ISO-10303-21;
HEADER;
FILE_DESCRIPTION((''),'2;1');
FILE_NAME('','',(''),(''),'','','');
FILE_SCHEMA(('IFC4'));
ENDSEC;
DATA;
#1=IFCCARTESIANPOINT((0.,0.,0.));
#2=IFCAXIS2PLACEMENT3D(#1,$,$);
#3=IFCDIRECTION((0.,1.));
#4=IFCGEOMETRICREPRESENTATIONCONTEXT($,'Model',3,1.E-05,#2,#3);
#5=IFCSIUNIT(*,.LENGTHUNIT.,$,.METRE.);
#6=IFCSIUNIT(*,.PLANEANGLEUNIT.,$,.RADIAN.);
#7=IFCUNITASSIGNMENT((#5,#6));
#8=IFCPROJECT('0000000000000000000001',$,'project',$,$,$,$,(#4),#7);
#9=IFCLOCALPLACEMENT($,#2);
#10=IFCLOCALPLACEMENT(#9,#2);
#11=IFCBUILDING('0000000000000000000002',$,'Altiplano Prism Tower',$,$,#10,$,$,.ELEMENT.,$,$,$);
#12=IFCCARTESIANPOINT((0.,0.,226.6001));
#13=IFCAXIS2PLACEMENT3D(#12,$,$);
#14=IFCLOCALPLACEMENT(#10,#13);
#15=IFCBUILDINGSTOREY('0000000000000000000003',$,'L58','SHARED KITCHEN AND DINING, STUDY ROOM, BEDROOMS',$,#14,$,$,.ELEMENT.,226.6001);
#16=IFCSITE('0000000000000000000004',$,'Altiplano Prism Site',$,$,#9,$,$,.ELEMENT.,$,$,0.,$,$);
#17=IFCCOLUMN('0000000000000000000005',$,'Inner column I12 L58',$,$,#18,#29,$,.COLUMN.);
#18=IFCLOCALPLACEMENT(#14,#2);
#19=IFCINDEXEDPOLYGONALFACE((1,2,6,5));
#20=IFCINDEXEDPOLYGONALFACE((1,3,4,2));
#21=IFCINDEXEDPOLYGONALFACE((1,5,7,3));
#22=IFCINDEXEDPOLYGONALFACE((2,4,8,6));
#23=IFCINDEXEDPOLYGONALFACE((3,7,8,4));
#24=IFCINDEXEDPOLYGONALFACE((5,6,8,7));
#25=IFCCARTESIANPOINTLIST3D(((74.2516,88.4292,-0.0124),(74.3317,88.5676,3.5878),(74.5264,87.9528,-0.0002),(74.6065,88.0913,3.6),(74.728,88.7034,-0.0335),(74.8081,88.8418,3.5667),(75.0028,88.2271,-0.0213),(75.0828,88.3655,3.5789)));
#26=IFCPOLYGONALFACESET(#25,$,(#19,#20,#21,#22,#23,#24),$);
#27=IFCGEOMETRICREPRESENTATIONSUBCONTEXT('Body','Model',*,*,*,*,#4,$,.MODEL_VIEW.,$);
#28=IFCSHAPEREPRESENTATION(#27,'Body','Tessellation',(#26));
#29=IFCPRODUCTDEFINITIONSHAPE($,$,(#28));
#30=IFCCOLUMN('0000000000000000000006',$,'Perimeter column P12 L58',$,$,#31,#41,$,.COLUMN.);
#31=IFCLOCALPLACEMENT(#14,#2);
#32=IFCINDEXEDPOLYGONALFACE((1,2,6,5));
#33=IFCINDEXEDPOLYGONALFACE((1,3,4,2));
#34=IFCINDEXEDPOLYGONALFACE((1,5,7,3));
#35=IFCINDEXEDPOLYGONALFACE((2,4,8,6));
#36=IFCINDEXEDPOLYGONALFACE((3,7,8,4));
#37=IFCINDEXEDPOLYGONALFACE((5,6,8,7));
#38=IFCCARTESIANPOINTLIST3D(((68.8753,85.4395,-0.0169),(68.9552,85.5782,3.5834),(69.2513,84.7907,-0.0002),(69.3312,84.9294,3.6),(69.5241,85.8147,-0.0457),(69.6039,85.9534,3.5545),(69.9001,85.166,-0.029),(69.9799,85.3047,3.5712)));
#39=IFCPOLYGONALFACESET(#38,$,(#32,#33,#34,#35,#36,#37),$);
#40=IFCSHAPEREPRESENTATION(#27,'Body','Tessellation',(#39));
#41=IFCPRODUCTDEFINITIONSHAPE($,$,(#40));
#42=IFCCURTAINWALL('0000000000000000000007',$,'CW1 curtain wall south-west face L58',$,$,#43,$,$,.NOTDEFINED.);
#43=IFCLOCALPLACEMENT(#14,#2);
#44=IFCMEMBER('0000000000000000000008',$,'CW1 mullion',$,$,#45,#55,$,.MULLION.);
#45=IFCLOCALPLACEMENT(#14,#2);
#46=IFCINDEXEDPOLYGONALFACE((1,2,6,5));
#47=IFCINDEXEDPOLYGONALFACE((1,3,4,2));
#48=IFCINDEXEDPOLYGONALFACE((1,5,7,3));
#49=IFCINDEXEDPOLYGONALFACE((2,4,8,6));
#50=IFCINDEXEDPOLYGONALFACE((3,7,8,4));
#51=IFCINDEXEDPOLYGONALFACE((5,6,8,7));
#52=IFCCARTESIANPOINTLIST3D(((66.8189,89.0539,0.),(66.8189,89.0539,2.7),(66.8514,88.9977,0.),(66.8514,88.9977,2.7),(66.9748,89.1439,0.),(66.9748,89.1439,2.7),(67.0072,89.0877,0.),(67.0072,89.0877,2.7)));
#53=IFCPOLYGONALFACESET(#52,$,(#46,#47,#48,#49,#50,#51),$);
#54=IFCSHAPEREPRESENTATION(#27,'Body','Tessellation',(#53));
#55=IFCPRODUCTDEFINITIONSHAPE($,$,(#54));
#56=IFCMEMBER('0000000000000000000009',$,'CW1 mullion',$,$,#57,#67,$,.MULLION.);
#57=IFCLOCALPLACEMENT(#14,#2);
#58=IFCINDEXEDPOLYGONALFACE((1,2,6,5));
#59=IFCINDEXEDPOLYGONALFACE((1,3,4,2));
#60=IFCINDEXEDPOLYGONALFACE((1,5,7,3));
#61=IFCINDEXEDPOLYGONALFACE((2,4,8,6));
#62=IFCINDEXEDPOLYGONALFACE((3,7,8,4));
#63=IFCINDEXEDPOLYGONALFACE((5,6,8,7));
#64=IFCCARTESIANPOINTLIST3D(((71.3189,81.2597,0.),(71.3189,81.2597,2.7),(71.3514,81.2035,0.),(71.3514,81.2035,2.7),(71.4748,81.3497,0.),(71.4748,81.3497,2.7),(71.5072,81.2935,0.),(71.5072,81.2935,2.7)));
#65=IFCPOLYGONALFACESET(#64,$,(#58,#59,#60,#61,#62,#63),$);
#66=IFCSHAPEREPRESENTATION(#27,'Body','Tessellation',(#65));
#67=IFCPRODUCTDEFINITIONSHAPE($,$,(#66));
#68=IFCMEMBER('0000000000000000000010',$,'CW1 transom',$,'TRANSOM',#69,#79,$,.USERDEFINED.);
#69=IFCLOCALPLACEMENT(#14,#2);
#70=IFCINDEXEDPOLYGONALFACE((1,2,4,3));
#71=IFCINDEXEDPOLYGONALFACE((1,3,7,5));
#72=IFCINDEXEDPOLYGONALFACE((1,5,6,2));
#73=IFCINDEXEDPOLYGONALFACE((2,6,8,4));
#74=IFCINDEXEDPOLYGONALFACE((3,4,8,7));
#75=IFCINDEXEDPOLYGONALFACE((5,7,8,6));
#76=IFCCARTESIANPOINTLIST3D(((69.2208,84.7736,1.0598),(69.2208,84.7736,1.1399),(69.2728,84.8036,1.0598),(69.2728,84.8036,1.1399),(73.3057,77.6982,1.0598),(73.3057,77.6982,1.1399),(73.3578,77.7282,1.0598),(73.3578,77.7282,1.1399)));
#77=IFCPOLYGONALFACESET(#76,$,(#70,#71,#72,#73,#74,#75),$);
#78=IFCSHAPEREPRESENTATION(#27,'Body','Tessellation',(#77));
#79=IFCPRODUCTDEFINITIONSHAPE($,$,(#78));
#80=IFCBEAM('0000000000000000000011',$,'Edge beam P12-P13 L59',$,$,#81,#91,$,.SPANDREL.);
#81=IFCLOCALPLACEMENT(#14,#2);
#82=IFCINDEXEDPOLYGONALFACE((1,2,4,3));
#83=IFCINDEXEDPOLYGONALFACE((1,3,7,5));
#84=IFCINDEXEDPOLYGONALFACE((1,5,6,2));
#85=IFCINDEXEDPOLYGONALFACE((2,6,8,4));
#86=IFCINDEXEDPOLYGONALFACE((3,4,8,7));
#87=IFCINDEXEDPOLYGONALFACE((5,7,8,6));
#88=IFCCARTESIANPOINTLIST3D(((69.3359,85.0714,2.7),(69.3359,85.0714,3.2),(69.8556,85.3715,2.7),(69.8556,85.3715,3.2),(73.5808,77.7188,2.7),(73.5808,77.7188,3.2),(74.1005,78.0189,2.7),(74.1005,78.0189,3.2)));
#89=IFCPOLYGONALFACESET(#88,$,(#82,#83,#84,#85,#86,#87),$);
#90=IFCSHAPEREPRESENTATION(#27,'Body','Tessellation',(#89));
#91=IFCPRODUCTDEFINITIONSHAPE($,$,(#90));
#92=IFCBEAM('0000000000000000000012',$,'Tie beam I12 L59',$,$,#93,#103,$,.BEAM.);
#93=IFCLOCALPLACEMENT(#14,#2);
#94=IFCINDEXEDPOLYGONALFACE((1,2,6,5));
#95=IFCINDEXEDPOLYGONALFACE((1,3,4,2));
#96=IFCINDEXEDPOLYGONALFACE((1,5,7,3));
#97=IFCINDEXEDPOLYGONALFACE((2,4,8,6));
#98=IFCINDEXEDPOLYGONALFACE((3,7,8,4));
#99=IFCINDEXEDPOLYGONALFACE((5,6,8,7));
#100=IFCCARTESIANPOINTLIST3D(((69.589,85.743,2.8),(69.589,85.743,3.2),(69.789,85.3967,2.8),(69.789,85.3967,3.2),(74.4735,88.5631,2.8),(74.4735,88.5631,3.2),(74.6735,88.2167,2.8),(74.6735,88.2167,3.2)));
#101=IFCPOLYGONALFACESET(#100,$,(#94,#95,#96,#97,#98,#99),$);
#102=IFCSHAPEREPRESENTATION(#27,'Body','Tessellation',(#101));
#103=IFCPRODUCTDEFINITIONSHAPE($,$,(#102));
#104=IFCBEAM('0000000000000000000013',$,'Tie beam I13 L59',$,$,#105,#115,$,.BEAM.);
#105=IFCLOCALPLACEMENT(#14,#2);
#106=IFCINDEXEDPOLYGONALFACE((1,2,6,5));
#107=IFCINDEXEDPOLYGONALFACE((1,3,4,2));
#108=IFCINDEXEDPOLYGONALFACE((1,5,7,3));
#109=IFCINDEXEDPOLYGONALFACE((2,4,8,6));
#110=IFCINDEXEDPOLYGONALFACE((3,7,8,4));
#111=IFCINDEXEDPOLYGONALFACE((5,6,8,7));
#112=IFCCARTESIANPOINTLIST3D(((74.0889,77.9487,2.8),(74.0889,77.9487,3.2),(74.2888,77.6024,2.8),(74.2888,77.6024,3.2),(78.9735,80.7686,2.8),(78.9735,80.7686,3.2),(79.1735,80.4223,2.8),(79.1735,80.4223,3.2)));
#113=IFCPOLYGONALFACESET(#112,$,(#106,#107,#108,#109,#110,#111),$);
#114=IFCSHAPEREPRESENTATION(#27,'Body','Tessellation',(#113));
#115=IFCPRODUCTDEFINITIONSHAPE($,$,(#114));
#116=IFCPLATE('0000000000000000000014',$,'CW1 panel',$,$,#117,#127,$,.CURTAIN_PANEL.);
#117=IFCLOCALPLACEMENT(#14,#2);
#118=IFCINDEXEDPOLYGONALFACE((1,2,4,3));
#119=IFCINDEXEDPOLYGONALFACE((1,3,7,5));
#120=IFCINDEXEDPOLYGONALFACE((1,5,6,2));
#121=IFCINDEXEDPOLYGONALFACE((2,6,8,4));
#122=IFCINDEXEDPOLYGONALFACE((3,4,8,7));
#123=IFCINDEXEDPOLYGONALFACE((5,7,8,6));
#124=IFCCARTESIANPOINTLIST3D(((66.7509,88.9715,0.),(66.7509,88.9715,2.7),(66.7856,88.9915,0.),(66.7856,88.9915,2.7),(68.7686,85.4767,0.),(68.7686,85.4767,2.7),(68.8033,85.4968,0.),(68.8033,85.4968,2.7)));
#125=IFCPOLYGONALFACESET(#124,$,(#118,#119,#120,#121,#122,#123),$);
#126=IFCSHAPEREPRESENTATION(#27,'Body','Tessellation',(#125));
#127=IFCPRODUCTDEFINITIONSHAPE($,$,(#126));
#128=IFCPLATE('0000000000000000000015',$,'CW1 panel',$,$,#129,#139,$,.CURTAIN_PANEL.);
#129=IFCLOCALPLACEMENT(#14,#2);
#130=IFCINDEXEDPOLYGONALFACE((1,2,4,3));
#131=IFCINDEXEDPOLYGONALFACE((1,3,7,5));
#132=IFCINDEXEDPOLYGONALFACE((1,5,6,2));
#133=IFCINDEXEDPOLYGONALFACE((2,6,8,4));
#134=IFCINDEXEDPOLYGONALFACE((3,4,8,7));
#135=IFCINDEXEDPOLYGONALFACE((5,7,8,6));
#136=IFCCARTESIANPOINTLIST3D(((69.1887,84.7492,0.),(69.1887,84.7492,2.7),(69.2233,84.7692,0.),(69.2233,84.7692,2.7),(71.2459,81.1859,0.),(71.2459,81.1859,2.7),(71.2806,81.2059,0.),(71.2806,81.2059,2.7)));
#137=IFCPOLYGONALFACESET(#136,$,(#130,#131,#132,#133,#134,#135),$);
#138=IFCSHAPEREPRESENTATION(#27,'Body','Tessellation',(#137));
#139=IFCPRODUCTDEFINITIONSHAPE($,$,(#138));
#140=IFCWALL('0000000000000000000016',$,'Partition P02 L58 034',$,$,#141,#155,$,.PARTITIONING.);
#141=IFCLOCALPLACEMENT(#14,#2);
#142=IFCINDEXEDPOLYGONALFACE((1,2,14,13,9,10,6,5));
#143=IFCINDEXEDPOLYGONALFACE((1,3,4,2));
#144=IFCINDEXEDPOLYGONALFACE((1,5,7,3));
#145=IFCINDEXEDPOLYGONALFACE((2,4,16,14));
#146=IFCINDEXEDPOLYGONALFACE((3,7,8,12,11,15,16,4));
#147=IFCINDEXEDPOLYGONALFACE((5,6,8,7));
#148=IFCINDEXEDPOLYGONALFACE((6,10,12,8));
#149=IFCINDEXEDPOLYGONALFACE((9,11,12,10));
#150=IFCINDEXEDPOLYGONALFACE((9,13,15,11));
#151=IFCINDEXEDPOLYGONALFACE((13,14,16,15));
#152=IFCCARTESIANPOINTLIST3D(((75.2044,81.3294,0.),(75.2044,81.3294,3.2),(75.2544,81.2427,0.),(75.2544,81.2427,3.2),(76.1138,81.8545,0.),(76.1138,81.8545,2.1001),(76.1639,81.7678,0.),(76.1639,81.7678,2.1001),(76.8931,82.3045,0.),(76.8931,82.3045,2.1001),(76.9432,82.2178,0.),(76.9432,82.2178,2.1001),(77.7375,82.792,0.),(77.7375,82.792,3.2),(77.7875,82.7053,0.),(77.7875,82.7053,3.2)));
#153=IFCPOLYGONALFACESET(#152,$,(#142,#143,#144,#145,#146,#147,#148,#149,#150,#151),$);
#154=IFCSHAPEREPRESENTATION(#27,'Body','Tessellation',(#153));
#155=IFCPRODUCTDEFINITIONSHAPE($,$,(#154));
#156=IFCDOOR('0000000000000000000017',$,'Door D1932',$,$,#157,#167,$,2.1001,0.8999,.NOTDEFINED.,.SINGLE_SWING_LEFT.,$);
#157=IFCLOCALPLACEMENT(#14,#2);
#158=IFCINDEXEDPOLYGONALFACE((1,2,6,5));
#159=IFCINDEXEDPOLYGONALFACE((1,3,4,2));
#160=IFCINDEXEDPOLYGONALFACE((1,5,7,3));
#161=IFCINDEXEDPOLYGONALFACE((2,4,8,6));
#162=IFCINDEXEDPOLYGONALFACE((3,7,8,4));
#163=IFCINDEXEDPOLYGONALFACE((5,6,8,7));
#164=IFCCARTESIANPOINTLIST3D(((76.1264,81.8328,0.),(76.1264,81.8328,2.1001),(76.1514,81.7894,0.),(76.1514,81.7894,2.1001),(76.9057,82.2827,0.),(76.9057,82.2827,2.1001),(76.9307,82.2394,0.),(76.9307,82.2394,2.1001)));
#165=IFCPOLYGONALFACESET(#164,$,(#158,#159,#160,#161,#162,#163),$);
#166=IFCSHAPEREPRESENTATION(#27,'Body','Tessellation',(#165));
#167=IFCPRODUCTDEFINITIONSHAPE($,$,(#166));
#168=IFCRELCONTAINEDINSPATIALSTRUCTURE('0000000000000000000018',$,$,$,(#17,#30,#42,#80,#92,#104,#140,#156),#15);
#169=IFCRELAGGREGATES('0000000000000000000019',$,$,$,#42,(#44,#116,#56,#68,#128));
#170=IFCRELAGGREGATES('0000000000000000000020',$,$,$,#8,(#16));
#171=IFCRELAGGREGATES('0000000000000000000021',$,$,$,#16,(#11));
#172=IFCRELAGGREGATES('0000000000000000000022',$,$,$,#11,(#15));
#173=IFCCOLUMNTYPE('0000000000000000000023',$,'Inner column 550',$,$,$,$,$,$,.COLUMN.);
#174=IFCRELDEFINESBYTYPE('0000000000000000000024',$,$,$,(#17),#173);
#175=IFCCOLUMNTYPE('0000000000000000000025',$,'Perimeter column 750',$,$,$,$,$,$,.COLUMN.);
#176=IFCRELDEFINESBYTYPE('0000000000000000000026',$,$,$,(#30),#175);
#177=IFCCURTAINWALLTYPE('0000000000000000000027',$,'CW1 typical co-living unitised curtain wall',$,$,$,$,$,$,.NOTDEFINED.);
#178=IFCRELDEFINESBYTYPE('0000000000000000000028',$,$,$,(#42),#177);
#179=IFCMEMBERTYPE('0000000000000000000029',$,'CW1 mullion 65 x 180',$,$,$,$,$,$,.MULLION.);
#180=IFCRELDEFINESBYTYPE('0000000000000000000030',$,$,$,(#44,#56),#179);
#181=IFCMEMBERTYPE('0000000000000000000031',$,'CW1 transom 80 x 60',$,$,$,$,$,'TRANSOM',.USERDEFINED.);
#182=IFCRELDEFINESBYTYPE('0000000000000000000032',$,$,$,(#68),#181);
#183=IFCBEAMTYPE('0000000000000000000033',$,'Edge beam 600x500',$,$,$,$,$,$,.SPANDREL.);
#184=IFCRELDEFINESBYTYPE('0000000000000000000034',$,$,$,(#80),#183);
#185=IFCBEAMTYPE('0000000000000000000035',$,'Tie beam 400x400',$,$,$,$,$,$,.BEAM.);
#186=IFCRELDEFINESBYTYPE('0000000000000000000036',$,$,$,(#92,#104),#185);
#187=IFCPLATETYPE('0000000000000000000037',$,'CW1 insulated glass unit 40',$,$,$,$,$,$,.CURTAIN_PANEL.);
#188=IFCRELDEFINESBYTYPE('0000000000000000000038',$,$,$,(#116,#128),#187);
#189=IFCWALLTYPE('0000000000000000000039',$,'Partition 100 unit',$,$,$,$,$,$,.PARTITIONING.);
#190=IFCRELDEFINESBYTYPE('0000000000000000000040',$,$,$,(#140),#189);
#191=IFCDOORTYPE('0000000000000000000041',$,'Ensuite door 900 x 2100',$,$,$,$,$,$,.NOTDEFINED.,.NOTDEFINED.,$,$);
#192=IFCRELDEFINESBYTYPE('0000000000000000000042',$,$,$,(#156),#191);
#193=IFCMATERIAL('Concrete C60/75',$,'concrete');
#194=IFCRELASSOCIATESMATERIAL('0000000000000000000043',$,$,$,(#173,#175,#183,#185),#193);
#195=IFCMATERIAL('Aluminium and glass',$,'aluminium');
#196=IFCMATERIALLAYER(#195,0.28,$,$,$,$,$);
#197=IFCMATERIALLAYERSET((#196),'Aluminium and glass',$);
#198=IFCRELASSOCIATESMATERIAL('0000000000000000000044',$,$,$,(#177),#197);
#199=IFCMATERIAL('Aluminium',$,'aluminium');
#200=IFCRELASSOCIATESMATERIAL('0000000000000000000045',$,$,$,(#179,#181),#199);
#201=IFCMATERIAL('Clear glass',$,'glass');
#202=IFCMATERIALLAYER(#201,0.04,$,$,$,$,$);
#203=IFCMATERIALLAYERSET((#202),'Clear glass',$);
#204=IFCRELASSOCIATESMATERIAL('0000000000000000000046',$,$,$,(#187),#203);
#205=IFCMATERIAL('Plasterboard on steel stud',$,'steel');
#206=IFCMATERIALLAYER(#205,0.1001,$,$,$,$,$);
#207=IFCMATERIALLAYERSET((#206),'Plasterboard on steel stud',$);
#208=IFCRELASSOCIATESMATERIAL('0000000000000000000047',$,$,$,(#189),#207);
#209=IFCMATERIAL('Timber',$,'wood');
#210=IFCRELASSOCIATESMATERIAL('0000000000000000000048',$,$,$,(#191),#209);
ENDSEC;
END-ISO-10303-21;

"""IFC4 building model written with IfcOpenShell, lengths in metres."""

from ifc_helpers import new_model, si_unit, direction, frame, frame_2d, origin, origin_2d, place, context, subcontext, project, spatial, rectangle, extrude, material, layer, layer_set, material_profile, profile_set, type_object, element, fill, aggregate, save


model = new_model("IFC4")

# Units and contexts
model_context = context("Model", 3, precision=1e-05, world=origin(), true_north=direction((0.0, 1.0)))
body_context = subcontext(model_context, "Body", "Model", "MODEL_VIEW")
ifc_project = project(units=[si_unit("LENGTHUNIT", "METRE"), si_unit("PLANEANGLEUNIT", "RADIAN")], contexts=[model_context])

# Site, building, storey
site_placement = place(None, origin())
site = spatial("IfcSite", under=ifc_project, at=site_placement, Name="Altiplano Prism Site", CompositionType="ELEMENT", RefElevation=0.0)
building_placement = place(site_placement, origin())
building = spatial("IfcBuilding", under=site, at=building_placement, Name="Altiplano Prism Tower", CompositionType="ELEMENT")
storey_placement = place(building_placement, frame((0.0, 0.0, 226.6001)))
storey = spatial("IfcBuildingStorey", under=building, at=storey_placement, Name="L58", Description="SHARED KITCHEN AND DINING, STUDY ROOM, BEDROOMS", CompositionType="ELEMENT", Elevation=226.6001)

# Columns
ifc_material_1 = material(Name="Concrete C60/75", Category="concrete")
ifc_material_profile_1 = material_profile(ifc_material_1, rectangle(XDim=0.55, YDim=0.55, at=origin_2d()), Name="Inner column 550")
ifc_profile_set_1 = profile_set([ifc_material_profile_1], Name="Concrete C60/75")
column_type_1 = type_object("IfcColumnType", Name="Inner column 550", PredefinedType="COLUMN", material=ifc_profile_set_1)
column_1_placement = place(storey_placement, frame((74.6272, 88.3281, -0.0168), z_axis=(0.022221, 0.038413, 0.999015), x_axis=(-0.866021, -0.498528, 0.038432)))
element("IfcColumn", 1, at=column_1_placement, inside=storey, type_object=column_type_1, Name="Inner column I12 L58", PredefinedType="COLUMN", context=body_context, shape_type="SweptSolid", body=[
    extrude(rectangle(XDim=0.55, YDim=0.55, at=origin_2d()), origin(), (0.0, 0.0, 1.0), 3.6038),
])
ifc_material_profile_2 = material_profile(ifc_material_1, rectangle(XDim=0.75, YDim=0.75, at=origin_2d()), Name="Perimeter column 750")
ifc_profile_set_2 = profile_set([ifc_material_profile_2], Name="Concrete C60/75")
column_type_2 = type_object("IfcColumnType", Name="Perimeter column 750", PredefinedType="COLUMN", material=ifc_profile_set_2)
column_2_placement = place(storey_placement, frame((69.3877, 85.3027, -0.0229), z_axis=(0.022154, 0.038481, 0.999014), x_axis=(-0.86498, -0.500331, 0.038454)))
element("IfcColumn", 2, at=column_2_placement, inside=storey, type_object=column_type_2, Name="Perimeter column P12 L58", PredefinedType="COLUMN", context=body_context, shape_type="SweptSolid", body=[
    extrude(rectangle(XDim=0.75, YDim=0.75, at=origin_2d()), origin(), (0.0, 0.0, 1.0), 3.6038),
])

# Curtain wall, members
ifc_material_2 = material(Name="Aluminium and glass", Category="aluminium")
ifc_layer_1 = layer(ifc_material_2, 0.28)
ifc_layer_set_1 = layer_set([ifc_layer_1], Name="Aluminium and glass")
curtain_wall_type = type_object("IfcCurtainWallType", Name="CW1 typical co-living unitised curtain wall", PredefinedType="NOTDEFINED", material=ifc_layer_set_1)
curtain_wall_placement = place(storey_placement, origin())
curtain_wall = element("IfcCurtainWall", 3, at=curtain_wall_placement, inside=storey, type_object=curtain_wall_type, Name="CW1 curtain wall south-west face L58", PredefinedType="NOTDEFINED")
ifc_material_3 = material(Name="Aluminium", Category="aluminium")
ifc_material_profile_3 = material_profile(ifc_material_3, rectangle(XDim=0.1799, YDim=0.0649, at=origin_2d()), Name="CW1 mullion 65 x 180")
ifc_profile_set_3 = profile_set([ifc_material_profile_3], Name="Aluminium")
member_type_1 = type_object("IfcMemberType", Name="CW1 mullion 65 x 180", PredefinedType="MULLION", material=ifc_profile_set_3)
member_1_placement = place(storey_placement, frame((66.9131, 89.0708, 0.0), z_axis=(0.0, 0.0, 1.0), x_axis=(0.866025, 0.5, 0.0)))
member_1 = element("IfcMember", 4, at=member_1_placement, type_object=member_type_1, Name="CW1 mullion", PredefinedType="MULLION", context=body_context, shape_type="SweptSolid", body=[
    extrude(rectangle(XDim=0.1799, YDim=0.0649, at=origin_2d()), origin(), (0.0, 0.0, 1.0), 2.7),
])
member_2_placement = place(storey_placement, frame((71.4131, 81.2766, 0.0), z_axis=(0.0, 0.0, 1.0), x_axis=(0.866025, 0.5, 0.0)))
member_2 = element("IfcMember", 5, at=member_2_placement, type_object=member_type_1, Name="CW1 mullion", PredefinedType="MULLION", context=body_context, shape_type="SweptSolid", body=[
    extrude(rectangle(XDim=0.1799, YDim=0.0649, at=origin_2d()), origin(), (0.0, 0.0, 1.0), 2.7),
])
ifc_material_profile_4 = material_profile(ifc_material_3, rectangle(XDim=0.0601, YDim=0.0801, at=origin_2d()), Name="CW1 transom 80 x 60")
ifc_profile_set_4 = profile_set([ifc_material_profile_4], Name="Aluminium")
member_type_2 = type_object("IfcMemberType", Name="CW1 transom 80 x 60", ElementType="TRANSOM", PredefinedType="USERDEFINED", material=ifc_profile_set_4)
member_3_placement = place(storey_placement, frame((69.2468, 84.7886, 1.0999), z_axis=(0.499996, -0.866028, 0.0), x_axis=(0.866028, 0.499996, 0.0)))
member_3 = element("IfcMember", 6, at=member_3_placement, type_object=member_type_2, Name="CW1 transom", ObjectType="TRANSOM", PredefinedType="USERDEFINED", context=body_context, shape_type="SweptSolid", body=[
    extrude(rectangle(XDim=0.0601, YDim=0.0801, at=origin_2d()), origin(), (0.0, 0.0, 1.0), 8.1699),
])

# Beams
ifc_material_profile_5 = material_profile(ifc_material_1, rectangle(XDim=0.6001, YDim=0.5, at=origin_2d()), Name="Edge beam 600x500")
ifc_profile_set_5 = profile_set([ifc_material_profile_5], Name="Concrete C60/75")
beam_type_1 = type_object("IfcBeamType", Name="Edge beam 600x500", PredefinedType="SPANDREL", material=ifc_profile_set_5)
beam_placement = place(storey_placement, frame((69.5957, 85.2214, 2.95), z_axis=(0.49999, -0.866031, 0.0), x_axis=(0.866031, 0.49999, 0.0)))
element("IfcBeam", 7, at=beam_placement, inside=storey, type_object=beam_type_1, Name="Edge beam P12-P13 L59", PredefinedType="SPANDREL", context=body_context, shape_type="SweptSolid", body=[
    extrude(rectangle(XDim=0.6001, YDim=0.5, at=origin_2d()), origin(), (0.0, 0.0, 1.0), 8.49),
])
ifc_material_profile_6 = material_profile(ifc_material_1, rectangle(XDim=0.3999, YDim=0.3999, at=origin_2d()), Name="Tie beam 400x400")
ifc_profile_set_6 = profile_set([ifc_material_profile_6], Name="Concrete C60/75")
beam_type_2 = type_object("IfcBeamType", Name="Tie beam 400x400", PredefinedType="BEAM", material=ifc_profile_set_6)
for number, where, z_axis, x_axis, name in (
    (8, (74.5735, 88.3899, 3.0), (-0.866026, -0.499998, 0.0), (0.499998, -0.866026, 0.0), "Tie beam I12 L59"),
    (9, (79.0735, 80.5955, 3.0), (-0.866045, -0.499966, 0.0), (0.499966, -0.866045, 0.0), "Tie beam I13 L59"),
):
    element("IfcBeam", number, at=place(storey_placement, frame(where, z_axis=z_axis, x_axis=x_axis)), inside=storey, type_object=beam_type_2, Name=name, PredefinedType="BEAM", context=body_context, shape_type="SweptSolid", body=[
        extrude(rectangle(XDim=0.3999, YDim=0.3999, at=origin_2d()), origin(), (0.0, 0.0, 1.0), 5.6401),
    ])

# Plates
ifc_material_4 = material(Name="Clear glass", Category="glass")
ifc_layer_2 = layer(ifc_material_4, 0.04)
ifc_layer_set_2 = layer_set([ifc_layer_2], Name="Clear glass")
plate_type = type_object("IfcPlateType", Name="CW1 insulated glass unit 40", PredefinedType="CURTAIN_PANEL", material=ifc_layer_set_2)
plate_1_placement = place(storey_placement, frame((67.7771, 87.2341, 0.0), z_axis=(0.0, 0.0, 1.0), x_axis=(0.5, -0.866025, 0.0)))
plate_1 = element("IfcPlate", 10, at=plate_1_placement, type_object=plate_type, Name="CW1 panel", PredefinedType="CURTAIN_PANEL", context=body_context, shape_type="SweptSolid", body=[
    extrude(rectangle(XDim=4.0354, YDim=0.04, at=origin_2d()), origin(), (0.0, 0.0, 1.0), 2.7),
])
plate_2_placement = place(storey_placement, frame((70.2346, 82.9775, 0.0), z_axis=(0.0, 0.0, 1.0), x_axis=(0.5, -0.866025, 0.0)))
plate_2 = element("IfcPlate", 11, at=plate_2_placement, type_object=plate_type, Name="CW1 panel", PredefinedType="CURTAIN_PANEL", context=body_context, shape_type="SweptSolid", body=[
    extrude(rectangle(XDim=4.1145, YDim=0.04, at=origin_2d()), origin(), (0.0, 0.0, 1.0), 2.7),
])
aggregate(curtain_wall, [member_1, plate_1, member_2, member_3, plate_2])

# Wall, opening, door
ifc_material_5 = material(Name="Plasterboard on steel stud", Category="steel")
ifc_layer_3 = layer(ifc_material_5, 0.1001)
ifc_layer_set_3 = layer_set([ifc_layer_3], Name="Plasterboard on steel stud")
wall_type_1 = type_object("IfcWallType", Name="Partition 100 unit", PredefinedType="PARTITIONING", material=ifc_layer_set_3)
wall_1_placement = place(storey_placement, frame((75.2295, 81.2861, 0.0), z_axis=(0.0, 0.0, 1.0), x_axis=(0.86601, 0.500026, 0.0)))
wall_1 = element("IfcWall", 12, at=wall_1_placement, inside=storey, type_object=wall_type_1, Name="Partition P02 L58 034", PredefinedType="PARTITIONING", context=body_context, shape_type="SweptSolid", body=[
    extrude(rectangle(XDim=2.925, YDim=0.1001, at=frame_2d((1.4624, 0.0))), origin(), (0.0, 0.0, 1.0), 3.2),
])
opening_placement = place(wall_1_placement, frame((1.05, 0.0, 0.0)))
opening = element("IfcOpeningElement", 13, at=opening_placement, cuts=wall_1, PredefinedType="OPENING", context=body_context, shape_type="SweptSolid", body=[
    extrude(rectangle(XDim=0.8999, YDim=2.1001, at=frame_2d((0.45, 1.05))), frame((0.0, 0.0605, 0.0), z_axis=(0.0, -1.0, 0.0), x_axis=(1.0, 0.0, 0.0)), (0.0, 0.0, 1.0), 0.1211),
])
ifc_material_6 = material(Name="Timber", Category="wood")
door_type = type_object("IfcDoorType", Name="Ensuite door 900 x 2100", OperationType="NOTDEFINED", PredefinedType="NOTDEFINED", material=ifc_material_6)
door_placement = place(opening_placement, origin())
door = element("IfcDoor", 14, at=door_placement, inside=storey, type_object=door_type, Name="Door D1932", OperationType="SINGLE_SWING_LEFT", OverallHeight=2.1001, OverallWidth=0.8999, PredefinedType="NOTDEFINED", context=body_context, shape_type="SweptSolid", body=[
    extrude(rectangle(XDim=0.8999, YDim=2.1001, at=frame_2d((0.45, 1.05))), frame((0.0, 0.0249, 0.0), z_axis=(0.0, -1.0, 0.0), x_axis=(1.0, 0.0, 0.0)), (0.0, 0.0, 1.0), 0.05),
])
fill(opening, door)

save(model, "model.ifc")
